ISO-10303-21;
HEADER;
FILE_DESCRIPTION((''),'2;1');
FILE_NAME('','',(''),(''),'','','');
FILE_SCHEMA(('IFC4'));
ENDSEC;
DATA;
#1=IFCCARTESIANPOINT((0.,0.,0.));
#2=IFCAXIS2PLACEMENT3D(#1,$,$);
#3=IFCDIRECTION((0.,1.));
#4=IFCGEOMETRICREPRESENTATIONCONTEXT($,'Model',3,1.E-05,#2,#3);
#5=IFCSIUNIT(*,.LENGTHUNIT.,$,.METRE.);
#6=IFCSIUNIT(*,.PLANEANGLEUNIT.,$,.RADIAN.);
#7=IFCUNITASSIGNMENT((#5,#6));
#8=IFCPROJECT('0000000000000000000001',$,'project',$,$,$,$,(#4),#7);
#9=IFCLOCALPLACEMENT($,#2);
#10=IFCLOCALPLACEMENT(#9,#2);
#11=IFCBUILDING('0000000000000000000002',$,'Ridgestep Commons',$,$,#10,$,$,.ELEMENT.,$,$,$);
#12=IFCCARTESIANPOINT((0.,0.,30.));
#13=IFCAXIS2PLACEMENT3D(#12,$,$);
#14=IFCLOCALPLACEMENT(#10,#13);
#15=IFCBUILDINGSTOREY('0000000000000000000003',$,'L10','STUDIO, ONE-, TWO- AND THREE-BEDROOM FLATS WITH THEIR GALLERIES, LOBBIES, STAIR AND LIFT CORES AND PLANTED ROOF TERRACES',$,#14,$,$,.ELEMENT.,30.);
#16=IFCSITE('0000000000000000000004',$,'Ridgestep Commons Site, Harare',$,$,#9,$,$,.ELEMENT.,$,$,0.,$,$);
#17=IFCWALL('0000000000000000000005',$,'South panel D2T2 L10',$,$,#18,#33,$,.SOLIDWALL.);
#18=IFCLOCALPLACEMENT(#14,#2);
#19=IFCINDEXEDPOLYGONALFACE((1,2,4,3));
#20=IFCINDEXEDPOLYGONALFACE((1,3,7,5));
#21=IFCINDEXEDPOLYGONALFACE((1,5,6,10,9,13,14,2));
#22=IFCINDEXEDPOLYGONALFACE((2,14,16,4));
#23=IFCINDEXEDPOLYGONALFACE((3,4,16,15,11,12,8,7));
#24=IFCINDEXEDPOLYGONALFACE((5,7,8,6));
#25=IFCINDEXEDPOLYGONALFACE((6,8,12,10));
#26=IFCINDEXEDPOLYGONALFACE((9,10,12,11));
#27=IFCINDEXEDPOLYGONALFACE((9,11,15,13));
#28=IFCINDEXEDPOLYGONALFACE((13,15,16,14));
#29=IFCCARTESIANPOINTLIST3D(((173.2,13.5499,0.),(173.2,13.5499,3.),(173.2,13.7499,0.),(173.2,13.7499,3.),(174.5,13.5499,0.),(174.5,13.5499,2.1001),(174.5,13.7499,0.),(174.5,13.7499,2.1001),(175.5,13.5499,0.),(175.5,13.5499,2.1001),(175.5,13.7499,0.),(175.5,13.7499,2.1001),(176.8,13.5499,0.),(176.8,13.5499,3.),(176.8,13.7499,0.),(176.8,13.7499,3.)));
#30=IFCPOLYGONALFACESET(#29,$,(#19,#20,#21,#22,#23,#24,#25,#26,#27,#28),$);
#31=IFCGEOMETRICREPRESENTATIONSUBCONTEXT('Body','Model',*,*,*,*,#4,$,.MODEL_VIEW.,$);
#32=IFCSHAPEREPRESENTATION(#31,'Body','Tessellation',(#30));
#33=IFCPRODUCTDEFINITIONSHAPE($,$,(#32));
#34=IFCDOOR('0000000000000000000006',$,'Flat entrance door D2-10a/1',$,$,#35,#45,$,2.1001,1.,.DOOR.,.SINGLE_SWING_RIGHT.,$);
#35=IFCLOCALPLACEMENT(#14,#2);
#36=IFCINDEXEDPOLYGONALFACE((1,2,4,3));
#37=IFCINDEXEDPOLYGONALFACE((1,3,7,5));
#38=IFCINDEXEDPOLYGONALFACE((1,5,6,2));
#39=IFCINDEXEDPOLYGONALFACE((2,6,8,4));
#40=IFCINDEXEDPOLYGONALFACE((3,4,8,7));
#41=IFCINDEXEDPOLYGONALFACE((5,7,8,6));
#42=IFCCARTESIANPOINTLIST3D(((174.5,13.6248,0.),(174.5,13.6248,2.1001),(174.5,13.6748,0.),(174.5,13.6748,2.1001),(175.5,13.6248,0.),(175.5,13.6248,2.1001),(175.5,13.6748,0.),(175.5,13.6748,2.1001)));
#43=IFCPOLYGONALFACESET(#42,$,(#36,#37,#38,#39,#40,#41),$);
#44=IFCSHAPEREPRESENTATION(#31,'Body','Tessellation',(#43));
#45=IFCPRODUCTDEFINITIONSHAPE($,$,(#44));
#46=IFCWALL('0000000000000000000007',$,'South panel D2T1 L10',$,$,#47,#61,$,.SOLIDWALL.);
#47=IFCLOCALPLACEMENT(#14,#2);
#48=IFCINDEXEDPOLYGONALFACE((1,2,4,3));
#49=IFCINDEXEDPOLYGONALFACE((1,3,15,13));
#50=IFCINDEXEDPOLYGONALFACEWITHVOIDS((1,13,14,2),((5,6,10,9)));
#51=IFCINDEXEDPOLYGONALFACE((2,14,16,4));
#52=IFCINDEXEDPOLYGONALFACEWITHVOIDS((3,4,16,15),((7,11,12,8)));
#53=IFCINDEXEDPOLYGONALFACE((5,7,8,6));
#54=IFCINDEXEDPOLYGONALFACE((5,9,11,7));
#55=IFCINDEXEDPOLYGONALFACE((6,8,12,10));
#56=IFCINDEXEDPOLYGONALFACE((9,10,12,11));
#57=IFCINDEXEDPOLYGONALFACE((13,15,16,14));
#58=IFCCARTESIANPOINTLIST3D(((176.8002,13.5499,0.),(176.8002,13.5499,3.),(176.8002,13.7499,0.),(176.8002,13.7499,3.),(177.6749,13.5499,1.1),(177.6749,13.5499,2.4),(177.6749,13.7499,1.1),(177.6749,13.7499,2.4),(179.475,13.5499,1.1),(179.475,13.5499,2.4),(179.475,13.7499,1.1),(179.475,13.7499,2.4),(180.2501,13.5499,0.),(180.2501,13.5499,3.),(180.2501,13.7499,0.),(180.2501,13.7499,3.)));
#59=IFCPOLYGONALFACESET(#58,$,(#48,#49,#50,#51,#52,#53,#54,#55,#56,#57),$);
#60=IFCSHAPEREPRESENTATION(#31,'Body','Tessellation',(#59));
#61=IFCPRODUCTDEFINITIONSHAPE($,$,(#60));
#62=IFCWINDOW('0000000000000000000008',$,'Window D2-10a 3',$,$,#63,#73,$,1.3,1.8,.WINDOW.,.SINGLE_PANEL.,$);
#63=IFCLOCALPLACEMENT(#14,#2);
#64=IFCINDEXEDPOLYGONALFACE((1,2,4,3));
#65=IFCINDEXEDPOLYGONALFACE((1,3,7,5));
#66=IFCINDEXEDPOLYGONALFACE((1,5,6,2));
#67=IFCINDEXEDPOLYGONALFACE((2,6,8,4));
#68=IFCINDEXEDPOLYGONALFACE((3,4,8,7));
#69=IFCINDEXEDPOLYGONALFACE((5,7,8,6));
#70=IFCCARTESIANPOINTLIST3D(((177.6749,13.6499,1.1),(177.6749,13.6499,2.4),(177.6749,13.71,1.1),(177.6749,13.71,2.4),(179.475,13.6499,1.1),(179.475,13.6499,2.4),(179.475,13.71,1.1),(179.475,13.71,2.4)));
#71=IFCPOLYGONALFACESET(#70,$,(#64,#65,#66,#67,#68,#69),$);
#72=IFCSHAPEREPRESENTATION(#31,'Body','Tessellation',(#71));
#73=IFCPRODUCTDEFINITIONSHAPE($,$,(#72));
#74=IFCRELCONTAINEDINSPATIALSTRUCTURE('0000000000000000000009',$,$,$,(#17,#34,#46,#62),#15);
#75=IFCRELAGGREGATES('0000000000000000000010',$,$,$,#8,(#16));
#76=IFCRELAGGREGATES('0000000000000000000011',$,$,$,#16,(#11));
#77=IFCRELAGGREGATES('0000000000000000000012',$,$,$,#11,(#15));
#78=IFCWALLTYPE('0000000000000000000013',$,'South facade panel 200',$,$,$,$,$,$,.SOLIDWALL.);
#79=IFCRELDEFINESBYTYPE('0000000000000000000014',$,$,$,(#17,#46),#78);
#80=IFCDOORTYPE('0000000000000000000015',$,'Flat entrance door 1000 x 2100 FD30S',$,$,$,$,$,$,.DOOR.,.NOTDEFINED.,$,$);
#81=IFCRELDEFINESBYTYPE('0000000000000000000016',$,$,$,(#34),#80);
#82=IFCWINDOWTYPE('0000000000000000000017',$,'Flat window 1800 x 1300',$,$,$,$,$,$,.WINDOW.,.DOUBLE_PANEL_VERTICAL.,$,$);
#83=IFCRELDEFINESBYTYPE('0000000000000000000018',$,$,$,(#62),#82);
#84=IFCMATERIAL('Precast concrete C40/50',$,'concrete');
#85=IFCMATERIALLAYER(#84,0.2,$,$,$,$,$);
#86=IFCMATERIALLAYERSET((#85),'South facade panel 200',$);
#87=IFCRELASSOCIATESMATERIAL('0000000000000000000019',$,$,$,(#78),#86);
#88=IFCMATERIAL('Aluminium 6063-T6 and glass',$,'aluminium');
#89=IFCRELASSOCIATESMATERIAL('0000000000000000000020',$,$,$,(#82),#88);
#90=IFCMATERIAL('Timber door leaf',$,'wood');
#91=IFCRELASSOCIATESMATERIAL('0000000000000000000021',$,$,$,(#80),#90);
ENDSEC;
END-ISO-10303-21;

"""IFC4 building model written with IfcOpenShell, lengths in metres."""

from ifc_helpers import new_model, si_unit, direction, frame, frame_2d, origin, place, context, subcontext, project, spatial, rectangle, extrude, material, layer, layer_set, type_object, element, fill, save


model = new_model("IFC4")

# Units and contexts
model_context = context("Model", 3, precision=1e-05, world=origin(), true_north=direction((0.0, 1.0)))
body_context = subcontext(model_context, "Body", "Model", "MODEL_VIEW")
ifc_project = project(units=[si_unit("LENGTHUNIT", "METRE"), si_unit("PLANEANGLEUNIT", "RADIAN")], contexts=[model_context])

# Site, building, storey
site_placement = place(None, origin())
site = spatial("IfcSite", under=ifc_project, at=site_placement, Name="Ridgestep Commons Site, Harare", CompositionType="ELEMENT", RefElevation=0.0)
building_placement = place(site_placement, origin())
building = spatial("IfcBuilding", under=site, at=building_placement, Name="Ridgestep Commons", CompositionType="ELEMENT")
storey_placement = place(building_placement, frame((0.0, 0.0, 30.0)))
storey = spatial("IfcBuildingStorey", under=building, at=storey_placement, Name="L10", Description="STUDIO, ONE-, TWO- AND THREE-BEDROOM FLATS WITH THEIR GALLERIES, LOBBIES, STAIR AND LIFT CORES AND PLANTED ROOF TERRACES", CompositionType="ELEMENT", Elevation=30.0)

# Shared definitions
ifc_material_1 = material(Name="Precast concrete C40/50", Category="concrete")
ifc_layer_1 = layer(ifc_material_1, 0.2)
ifc_layer_set_1 = layer_set([ifc_layer_1], Name="South facade panel 200")
wall_type_1 = type_object("IfcWallType", Name="South facade panel 200", PredefinedType="SOLIDWALL", material=ifc_layer_set_1)
ifc_material_2 = material(Name="Aluminium 6063-T6 and glass", Category="aluminium")
window_type = type_object("IfcWindowType", Name="Flat window 1800 x 1300", PartitioningType="DOUBLE_PANEL_VERTICAL", PredefinedType="WINDOW", material=ifc_material_2)

# Wall, opening, door
wall_1_placement = place(storey_placement, frame((173.2, 13.6499, 0.0), z_axis=(0.0, 0.0, 1.0), x_axis=(1.0, 0.0, 0.0)))
wall_1 = element("IfcWall", 1, at=wall_1_placement, inside=storey, type_object=wall_type_1, Name="South panel D2T2 L10", PredefinedType="SOLIDWALL", context=body_context, shape_type="SweptSolid", body=[
    extrude(rectangle(XDim=3.6001, YDim=0.2, at=frame_2d((1.8, 0.0))), origin(), (0.0, 0.0, 1.0), 3.0),
])
opening_1_placement = place(wall_1_placement, frame((1.3, 0.0, 0.0)))
opening_1 = element("IfcOpeningElement", 2, at=opening_1_placement, cuts=wall_1, PredefinedType="OPENING", context=body_context, shape_type="SweptSolid", body=[
    extrude(rectangle(XDim=1.0, YDim=2.1001, at=frame_2d((0.5, 1.05))), frame((0.0, 0.1099, 0.0), z_axis=(0.0, -1.0, 0.0), x_axis=(1.0, 0.0, 0.0)), (0.0, 0.0, 1.0), 0.22),
])
ifc_material_3 = material(Name="Timber door leaf", Category="wood")
door_type_1 = type_object("IfcDoorType", Name="Flat entrance door 1000 x 2100 FD30S", OperationType="NOTDEFINED", PredefinedType="DOOR", material=ifc_material_3)
door_1_placement = place(opening_1_placement, origin())
door_1 = element("IfcDoor", 3, at=door_1_placement, inside=storey, type_object=door_type_1, Name="Flat entrance door D2-10a/1", OperationType="SINGLE_SWING_RIGHT", OverallHeight=2.1001, OverallWidth=1.0, PredefinedType="DOOR", context=body_context, shape_type="SweptSolid", body=[
    extrude(rectangle(XDim=1.0, YDim=2.1001, at=frame_2d((0.5, 1.05))), frame((0.0, 0.0249, 0.0), z_axis=(0.0, -1.0, 0.0), x_axis=(1.0, 0.0, 0.0)), (0.0, 0.0, 1.0), 0.05),
])
fill(opening_1, door_1)

# Wall, opening, window
wall_2_placement = place(storey_placement, frame((176.8, 13.6499, 0.0), z_axis=(0.0, 0.0, 1.0), x_axis=(1.0, 0.0, 0.0)))
wall_2 = element("IfcWall", 4, at=wall_2_placement, inside=storey, type_object=wall_type_1, Name="South panel D2T1 L10", PredefinedType="SOLIDWALL", context=body_context, shape_type="SweptSolid", body=[
    extrude(rectangle(XDim=3.45, YDim=0.2, at=frame_2d((1.7251, 0.0))), origin(), (0.0, 0.0, 1.0), 3.0),
])
opening_2_placement = place(wall_2_placement, frame((0.875, 0.0, 1.1001)))
opening_2 = element("IfcOpeningElement", 5, at=opening_2_placement, cuts=wall_2, PredefinedType="OPENING", context=body_context, shape_type="SweptSolid", body=[
    extrude(rectangle(XDim=1.8, YDim=1.3, at=frame_2d((0.8999, 0.6499))), frame((0.0, 0.1099, 0.0), z_axis=(0.0, -1.0, 0.0), x_axis=(1.0, 0.0, 0.0)), (0.0, 0.0, 1.0), 0.22),
])
window_1_placement = place(opening_2_placement, origin())
window_1 = element("IfcWindow", 6, at=window_1_placement, inside=storey, type_object=window_type, Name="Window D2-10a 3", OverallHeight=1.3, OverallWidth=1.8, PartitioningType="SINGLE_PANEL", PredefinedType="WINDOW", context=body_context, shape_type="SweptSolid", body=[
    extrude(rectangle(XDim=1.8, YDim=1.3, at=frame_2d((0.8999, 0.6499))), frame((0.0, 0.0601, 0.0), z_axis=(0.0, -1.0, 0.0), x_axis=(1.0, 0.0, 0.0)), (0.0, 0.0, 1.0), 0.0601),
])
fill(opening_2, window_1)

save(model, "model.ifc")
